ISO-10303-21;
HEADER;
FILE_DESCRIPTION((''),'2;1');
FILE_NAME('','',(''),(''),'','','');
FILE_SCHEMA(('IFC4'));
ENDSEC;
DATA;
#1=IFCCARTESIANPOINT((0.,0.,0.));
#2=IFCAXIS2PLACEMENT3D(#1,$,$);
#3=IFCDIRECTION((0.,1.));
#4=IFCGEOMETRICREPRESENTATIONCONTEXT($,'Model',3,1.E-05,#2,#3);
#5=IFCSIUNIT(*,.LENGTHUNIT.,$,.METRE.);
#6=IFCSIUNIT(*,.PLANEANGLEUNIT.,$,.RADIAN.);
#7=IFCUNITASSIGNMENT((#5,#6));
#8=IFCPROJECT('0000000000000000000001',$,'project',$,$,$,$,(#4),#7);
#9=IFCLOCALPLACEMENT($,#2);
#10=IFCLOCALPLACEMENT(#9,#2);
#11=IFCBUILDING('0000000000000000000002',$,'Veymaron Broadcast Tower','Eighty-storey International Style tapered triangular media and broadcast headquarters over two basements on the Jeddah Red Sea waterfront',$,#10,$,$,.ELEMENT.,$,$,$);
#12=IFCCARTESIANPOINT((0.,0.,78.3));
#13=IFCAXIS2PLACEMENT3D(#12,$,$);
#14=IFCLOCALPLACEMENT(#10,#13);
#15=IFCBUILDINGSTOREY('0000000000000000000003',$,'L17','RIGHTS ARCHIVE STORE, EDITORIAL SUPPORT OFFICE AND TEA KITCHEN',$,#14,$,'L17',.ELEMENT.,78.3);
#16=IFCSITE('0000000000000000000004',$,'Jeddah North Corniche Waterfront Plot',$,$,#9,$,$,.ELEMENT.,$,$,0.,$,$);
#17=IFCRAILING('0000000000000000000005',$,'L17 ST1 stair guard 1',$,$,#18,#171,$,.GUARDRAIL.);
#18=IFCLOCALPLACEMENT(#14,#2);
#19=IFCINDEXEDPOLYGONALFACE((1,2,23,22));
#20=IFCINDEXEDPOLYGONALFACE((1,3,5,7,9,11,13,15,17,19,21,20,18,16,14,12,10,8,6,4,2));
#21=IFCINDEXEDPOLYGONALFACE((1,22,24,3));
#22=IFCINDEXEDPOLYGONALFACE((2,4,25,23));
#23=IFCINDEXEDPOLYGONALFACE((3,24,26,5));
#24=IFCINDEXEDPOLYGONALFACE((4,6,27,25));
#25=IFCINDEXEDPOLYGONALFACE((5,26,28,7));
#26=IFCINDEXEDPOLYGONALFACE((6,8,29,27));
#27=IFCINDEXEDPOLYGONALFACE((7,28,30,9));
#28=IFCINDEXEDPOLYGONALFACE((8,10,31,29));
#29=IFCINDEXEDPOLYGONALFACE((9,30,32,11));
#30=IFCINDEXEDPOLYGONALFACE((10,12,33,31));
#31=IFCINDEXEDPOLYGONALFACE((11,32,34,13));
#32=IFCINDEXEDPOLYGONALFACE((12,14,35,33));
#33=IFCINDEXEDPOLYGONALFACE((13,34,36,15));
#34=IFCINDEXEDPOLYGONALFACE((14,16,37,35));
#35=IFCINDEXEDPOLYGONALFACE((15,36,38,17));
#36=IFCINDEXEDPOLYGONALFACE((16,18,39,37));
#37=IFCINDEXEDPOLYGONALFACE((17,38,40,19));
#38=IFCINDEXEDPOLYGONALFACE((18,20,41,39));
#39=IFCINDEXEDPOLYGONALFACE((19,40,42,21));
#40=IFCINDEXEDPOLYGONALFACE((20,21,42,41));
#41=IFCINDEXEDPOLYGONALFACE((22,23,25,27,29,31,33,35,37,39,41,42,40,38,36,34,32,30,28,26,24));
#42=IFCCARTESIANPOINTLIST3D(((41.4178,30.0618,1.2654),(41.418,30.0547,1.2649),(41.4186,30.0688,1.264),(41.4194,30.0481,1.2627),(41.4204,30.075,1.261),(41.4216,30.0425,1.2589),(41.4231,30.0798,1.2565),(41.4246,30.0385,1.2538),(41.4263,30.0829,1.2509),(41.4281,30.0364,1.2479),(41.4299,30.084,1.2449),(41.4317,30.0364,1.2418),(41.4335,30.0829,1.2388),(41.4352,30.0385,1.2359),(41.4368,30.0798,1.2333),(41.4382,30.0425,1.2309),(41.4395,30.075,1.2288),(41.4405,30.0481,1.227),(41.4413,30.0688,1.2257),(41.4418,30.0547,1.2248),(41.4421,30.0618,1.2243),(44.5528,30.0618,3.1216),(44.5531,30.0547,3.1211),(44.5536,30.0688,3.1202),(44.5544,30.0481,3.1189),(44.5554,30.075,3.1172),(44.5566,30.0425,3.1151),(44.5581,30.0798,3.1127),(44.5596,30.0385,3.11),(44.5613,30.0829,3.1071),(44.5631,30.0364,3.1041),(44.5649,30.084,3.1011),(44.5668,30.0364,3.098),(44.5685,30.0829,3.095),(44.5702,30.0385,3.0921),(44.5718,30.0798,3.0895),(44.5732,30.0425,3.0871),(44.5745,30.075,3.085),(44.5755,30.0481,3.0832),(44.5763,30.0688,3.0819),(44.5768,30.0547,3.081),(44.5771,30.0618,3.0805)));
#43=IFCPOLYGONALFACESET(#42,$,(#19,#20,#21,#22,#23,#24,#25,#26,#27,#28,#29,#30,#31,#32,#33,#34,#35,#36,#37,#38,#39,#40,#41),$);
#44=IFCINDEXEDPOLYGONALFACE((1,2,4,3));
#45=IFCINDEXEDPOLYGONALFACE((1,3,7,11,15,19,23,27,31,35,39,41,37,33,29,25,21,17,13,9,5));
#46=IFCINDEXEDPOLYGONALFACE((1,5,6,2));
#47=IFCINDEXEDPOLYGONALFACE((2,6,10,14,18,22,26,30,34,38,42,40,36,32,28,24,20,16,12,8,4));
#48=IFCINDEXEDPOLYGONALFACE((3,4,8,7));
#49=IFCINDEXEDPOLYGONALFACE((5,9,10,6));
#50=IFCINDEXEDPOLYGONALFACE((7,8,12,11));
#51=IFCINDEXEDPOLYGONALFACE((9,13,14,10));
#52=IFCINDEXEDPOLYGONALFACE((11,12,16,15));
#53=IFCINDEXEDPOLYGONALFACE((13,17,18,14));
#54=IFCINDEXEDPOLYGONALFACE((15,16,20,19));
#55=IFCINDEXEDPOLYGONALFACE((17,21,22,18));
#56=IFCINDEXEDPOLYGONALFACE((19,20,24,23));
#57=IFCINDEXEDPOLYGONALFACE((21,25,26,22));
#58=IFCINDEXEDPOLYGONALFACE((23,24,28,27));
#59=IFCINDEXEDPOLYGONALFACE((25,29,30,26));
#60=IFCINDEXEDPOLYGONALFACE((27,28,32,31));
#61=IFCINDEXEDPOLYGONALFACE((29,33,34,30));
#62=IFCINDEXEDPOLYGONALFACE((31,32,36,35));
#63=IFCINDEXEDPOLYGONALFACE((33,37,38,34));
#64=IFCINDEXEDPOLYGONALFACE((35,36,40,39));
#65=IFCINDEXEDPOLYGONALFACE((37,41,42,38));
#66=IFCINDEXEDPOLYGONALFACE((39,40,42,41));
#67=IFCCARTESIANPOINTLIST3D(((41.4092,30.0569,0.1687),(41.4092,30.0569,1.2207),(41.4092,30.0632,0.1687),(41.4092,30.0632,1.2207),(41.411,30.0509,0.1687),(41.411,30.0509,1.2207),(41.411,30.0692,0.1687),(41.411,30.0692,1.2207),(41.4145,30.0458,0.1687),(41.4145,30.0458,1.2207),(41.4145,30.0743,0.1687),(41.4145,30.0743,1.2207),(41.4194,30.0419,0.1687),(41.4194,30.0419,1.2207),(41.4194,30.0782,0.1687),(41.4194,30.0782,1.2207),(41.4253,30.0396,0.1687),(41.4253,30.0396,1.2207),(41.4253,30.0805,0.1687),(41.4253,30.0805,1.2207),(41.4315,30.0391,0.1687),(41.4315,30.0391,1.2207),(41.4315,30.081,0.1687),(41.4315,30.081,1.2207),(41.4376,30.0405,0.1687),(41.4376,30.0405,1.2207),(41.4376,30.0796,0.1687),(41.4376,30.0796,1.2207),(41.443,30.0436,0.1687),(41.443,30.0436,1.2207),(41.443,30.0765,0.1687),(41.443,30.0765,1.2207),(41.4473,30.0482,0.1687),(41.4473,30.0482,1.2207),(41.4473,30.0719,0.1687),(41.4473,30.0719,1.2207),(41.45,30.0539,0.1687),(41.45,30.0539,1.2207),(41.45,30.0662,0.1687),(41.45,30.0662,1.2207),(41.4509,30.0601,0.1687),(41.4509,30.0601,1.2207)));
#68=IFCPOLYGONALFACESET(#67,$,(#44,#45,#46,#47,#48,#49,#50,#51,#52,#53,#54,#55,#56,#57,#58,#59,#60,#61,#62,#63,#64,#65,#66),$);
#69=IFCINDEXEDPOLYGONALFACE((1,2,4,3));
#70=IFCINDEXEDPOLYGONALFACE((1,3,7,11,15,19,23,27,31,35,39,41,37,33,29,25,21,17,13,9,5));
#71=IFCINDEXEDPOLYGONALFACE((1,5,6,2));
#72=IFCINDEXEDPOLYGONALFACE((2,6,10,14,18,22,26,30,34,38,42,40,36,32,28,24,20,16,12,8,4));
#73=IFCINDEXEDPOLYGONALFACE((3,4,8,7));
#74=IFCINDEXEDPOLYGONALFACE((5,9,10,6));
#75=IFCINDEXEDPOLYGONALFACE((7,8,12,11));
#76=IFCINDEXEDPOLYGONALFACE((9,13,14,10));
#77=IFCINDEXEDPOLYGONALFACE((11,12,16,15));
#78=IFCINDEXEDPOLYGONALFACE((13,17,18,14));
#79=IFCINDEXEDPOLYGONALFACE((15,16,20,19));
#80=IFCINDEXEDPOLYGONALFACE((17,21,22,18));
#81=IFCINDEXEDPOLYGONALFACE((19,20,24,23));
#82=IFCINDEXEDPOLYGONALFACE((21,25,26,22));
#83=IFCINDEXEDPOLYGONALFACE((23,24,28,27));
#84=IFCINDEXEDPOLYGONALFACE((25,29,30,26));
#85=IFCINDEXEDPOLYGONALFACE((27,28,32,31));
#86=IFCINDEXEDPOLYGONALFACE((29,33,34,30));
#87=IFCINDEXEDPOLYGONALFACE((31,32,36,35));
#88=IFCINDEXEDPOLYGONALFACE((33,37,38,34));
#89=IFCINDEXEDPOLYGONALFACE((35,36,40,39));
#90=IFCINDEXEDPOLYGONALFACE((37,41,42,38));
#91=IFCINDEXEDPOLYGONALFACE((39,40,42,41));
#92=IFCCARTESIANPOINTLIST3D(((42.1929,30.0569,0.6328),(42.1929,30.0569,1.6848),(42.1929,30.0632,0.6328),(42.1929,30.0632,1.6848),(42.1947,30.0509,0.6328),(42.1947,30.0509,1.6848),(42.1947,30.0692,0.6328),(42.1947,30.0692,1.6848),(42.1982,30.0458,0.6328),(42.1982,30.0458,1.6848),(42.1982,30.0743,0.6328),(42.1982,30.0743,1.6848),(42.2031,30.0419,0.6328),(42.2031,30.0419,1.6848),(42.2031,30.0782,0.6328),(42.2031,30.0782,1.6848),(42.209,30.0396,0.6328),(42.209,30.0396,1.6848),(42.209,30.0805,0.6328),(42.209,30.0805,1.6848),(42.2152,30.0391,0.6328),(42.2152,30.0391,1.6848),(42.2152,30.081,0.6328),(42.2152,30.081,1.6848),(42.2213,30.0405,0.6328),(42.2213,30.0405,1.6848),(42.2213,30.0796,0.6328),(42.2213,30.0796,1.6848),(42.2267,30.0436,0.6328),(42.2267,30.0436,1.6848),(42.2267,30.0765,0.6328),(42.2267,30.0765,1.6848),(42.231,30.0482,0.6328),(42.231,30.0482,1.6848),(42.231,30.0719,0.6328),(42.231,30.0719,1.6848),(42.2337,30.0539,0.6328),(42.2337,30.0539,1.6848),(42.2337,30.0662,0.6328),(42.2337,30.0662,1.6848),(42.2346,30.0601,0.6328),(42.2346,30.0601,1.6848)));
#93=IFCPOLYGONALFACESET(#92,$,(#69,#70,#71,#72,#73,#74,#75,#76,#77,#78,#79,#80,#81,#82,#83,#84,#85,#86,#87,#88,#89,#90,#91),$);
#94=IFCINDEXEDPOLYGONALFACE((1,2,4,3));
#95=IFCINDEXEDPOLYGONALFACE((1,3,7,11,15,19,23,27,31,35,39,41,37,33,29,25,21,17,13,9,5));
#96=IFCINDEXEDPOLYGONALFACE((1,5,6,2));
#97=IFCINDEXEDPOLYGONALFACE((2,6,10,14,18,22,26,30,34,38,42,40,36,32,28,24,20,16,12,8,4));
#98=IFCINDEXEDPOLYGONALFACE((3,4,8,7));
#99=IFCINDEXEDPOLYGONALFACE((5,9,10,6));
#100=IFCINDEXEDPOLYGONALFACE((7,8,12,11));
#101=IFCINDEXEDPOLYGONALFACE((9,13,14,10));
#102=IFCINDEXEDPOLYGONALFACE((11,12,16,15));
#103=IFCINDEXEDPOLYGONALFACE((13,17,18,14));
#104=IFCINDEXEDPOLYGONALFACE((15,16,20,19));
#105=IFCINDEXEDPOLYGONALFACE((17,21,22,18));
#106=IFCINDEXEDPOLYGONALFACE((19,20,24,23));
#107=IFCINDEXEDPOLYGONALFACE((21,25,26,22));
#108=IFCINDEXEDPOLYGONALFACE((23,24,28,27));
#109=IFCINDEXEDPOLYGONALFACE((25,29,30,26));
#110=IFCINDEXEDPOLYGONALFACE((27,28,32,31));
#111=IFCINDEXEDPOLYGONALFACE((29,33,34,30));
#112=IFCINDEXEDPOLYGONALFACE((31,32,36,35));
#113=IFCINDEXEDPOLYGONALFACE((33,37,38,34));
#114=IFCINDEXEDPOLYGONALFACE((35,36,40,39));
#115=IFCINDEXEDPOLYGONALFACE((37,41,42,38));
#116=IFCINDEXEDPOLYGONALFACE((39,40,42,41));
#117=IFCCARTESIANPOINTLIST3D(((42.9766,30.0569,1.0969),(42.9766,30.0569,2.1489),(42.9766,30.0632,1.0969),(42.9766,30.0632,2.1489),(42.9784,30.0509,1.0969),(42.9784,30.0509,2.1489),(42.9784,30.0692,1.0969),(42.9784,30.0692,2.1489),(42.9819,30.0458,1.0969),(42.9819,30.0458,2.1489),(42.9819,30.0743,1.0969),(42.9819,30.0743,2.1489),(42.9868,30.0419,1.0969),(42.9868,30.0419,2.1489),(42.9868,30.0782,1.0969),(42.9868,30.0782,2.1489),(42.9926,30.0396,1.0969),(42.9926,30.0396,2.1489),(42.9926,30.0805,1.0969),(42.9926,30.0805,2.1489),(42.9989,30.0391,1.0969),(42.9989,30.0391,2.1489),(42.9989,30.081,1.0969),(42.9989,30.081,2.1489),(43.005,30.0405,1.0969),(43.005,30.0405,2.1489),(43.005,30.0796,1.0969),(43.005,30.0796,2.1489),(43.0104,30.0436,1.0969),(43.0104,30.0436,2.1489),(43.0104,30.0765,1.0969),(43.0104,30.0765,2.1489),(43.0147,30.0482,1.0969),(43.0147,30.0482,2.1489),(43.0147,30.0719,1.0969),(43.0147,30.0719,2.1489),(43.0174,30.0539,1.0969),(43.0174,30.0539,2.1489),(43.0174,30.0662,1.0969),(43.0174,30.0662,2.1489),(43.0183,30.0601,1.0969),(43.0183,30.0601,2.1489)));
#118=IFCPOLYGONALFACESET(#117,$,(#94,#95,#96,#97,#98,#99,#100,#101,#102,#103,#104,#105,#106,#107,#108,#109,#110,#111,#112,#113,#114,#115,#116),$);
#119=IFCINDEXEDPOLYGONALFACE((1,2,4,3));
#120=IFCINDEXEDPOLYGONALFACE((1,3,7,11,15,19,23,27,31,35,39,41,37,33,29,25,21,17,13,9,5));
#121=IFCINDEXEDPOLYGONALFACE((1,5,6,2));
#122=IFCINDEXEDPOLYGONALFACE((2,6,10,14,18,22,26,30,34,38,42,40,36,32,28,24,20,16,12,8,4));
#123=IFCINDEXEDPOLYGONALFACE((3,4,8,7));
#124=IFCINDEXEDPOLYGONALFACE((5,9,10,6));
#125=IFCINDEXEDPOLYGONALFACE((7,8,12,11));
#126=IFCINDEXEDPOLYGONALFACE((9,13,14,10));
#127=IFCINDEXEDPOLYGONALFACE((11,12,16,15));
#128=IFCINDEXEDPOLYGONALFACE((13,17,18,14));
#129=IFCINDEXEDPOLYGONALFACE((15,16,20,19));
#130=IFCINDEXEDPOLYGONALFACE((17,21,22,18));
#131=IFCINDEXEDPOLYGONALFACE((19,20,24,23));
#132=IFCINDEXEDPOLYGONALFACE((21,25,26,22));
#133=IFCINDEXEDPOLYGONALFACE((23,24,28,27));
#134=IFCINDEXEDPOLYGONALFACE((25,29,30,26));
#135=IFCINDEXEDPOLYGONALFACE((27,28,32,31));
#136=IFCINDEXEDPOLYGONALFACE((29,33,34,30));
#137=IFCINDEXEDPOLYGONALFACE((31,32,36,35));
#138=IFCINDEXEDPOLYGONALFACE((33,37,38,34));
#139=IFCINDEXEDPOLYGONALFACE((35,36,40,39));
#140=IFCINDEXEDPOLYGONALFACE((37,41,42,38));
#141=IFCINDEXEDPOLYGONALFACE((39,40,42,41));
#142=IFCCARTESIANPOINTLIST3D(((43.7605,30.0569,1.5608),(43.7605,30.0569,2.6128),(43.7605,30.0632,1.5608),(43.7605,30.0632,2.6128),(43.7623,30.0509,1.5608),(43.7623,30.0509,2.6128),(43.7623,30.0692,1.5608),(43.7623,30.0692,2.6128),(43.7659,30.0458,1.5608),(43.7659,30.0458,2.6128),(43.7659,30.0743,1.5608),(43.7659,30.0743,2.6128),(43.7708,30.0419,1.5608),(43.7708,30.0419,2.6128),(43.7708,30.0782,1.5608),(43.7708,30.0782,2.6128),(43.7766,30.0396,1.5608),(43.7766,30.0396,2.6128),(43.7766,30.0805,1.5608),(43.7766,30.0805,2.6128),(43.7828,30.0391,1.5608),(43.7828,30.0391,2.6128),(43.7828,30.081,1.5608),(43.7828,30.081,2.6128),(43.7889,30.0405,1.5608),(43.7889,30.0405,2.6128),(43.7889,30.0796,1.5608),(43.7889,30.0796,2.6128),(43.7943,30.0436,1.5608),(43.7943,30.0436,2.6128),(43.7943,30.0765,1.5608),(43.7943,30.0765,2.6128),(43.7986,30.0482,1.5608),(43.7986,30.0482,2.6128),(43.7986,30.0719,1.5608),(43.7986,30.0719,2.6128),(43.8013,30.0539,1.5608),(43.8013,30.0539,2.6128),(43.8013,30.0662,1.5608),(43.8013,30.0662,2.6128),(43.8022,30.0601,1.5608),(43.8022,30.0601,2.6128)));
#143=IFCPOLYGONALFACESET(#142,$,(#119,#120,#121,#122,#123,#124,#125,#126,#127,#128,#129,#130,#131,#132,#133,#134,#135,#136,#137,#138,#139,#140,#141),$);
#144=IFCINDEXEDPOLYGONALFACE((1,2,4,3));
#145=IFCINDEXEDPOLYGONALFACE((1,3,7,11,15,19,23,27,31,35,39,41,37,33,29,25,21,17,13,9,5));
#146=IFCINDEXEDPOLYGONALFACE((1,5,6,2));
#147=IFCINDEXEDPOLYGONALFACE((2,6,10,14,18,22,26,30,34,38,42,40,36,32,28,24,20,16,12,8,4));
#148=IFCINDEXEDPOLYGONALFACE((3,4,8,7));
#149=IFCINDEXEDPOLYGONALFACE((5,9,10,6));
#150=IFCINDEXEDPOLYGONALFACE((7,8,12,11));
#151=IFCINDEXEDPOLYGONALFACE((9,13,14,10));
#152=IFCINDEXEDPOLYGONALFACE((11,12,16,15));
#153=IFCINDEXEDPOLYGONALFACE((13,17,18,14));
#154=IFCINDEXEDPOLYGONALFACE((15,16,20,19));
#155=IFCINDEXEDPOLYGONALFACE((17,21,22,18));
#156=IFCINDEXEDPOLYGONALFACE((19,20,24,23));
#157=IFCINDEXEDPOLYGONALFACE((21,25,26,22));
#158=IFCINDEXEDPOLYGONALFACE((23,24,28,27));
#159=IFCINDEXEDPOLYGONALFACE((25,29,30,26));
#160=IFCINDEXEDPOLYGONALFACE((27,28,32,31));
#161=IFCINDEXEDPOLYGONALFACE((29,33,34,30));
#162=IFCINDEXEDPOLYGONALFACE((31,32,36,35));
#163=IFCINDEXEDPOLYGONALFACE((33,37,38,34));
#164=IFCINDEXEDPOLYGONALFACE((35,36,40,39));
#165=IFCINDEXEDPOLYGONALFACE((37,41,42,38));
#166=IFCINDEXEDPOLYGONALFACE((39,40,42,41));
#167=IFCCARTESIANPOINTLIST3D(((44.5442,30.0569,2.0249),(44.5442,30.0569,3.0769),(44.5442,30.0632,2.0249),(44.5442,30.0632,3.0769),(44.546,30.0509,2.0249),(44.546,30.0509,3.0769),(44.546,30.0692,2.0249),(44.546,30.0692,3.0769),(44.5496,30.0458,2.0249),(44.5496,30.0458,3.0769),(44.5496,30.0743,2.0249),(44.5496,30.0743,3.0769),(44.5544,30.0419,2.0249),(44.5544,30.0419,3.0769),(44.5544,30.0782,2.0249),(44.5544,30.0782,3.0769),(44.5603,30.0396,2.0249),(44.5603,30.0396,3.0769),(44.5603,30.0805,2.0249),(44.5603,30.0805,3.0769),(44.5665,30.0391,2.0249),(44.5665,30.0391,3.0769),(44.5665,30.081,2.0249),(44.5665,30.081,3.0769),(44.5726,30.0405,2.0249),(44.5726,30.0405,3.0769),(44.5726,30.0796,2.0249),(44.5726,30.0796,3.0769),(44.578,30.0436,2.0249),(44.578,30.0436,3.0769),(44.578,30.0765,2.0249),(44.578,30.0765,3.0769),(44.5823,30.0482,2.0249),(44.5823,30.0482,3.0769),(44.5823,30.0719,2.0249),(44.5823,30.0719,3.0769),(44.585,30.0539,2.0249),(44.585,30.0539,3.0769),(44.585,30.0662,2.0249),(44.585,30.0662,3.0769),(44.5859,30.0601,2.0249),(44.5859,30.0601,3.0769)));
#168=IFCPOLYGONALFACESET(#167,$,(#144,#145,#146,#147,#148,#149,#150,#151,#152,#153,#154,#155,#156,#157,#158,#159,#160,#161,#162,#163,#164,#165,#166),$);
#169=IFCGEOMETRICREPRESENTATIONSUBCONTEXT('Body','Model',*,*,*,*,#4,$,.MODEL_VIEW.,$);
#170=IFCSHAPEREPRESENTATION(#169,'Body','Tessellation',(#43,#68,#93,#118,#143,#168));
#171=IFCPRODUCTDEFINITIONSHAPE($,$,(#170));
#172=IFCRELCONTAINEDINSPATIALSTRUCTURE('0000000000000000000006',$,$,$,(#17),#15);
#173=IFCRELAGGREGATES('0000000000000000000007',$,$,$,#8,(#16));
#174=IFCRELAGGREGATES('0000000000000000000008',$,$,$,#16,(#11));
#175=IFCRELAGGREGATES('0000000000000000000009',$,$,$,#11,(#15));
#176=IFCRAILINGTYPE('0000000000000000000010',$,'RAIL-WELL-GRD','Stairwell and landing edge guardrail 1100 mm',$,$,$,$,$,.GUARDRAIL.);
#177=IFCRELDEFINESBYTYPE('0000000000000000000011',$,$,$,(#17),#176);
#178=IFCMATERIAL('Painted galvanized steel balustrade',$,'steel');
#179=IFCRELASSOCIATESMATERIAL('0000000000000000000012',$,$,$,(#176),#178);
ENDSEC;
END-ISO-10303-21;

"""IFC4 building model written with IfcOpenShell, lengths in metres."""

from ifc_helpers import new_model, si_unit, direction, frame, origin, origin_2d, place, context, subcontext, project, spatial, circle, extrude, material, type_object, element, save


model = new_model("IFC4")

# Units and contexts
model_context = context("Model", 3, precision=1e-05, world=origin(), true_north=direction((0.0, 1.0)))
body_context = subcontext(model_context, "Body", "Model", "MODEL_VIEW")
ifc_project = project(units=[si_unit("LENGTHUNIT", "METRE"), si_unit("PLANEANGLEUNIT", "RADIAN")], contexts=[model_context])

# Site, building, storey
site_placement = place(None, origin())
site = spatial("IfcSite", under=ifc_project, at=site_placement, Name="Jeddah North Corniche Waterfront Plot", CompositionType="ELEMENT", RefElevation=0.0)
building_placement = place(site_placement, origin())
building = spatial("IfcBuilding", under=site, at=building_placement, Name="Veymaron Broadcast Tower", Description="Eighty-storey International Style tapered triangular media and broadcast headquarters over two basements on the Jeddah Red Sea waterfront", CompositionType="ELEMENT")
storey_placement = place(building_placement, frame((0.0, 0.0, 78.3)))
storey = spatial("IfcBuildingStorey", under=building, at=storey_placement, Name="L17", Description="RIGHTS ARCHIVE STORE, EDITORIAL SUPPORT OFFICE AND TEA KITCHEN", LongName="L17", CompositionType="ELEMENT", Elevation=78.3)

# Railing
ifc_material_1 = material(Name="Painted galvanized steel balustrade", Category="steel")
railing_type_1 = type_object("IfcRailingType", Name="RAIL-WELL-GRD", Description="Stairwell and landing edge guardrail 1100 mm", PredefinedType="GUARDRAIL", material=ifc_material_1)
railing_1_placement = place(storey_placement, frame((41.4299, 30.0601, 0.1687)))
element("IfcRailing", 1, at=railing_1_placement, inside=storey, type_object=railing_type_1, Name="L17 ST1 stair guard 1", PredefinedType="GUARDRAIL", context=body_context, shape_type="SweptSolid", body=[
    extrude(circle(Radius=0.0239, at=origin_2d()), frame((0.0, 0.0, 1.0762), z_axis=(0.860482, 0.0, 0.509481), x_axis=(0.0, 1.0, 0.0)), (0.0, 0.0, 1.0), 3.6433),
    extrude(circle(Radius=0.021, at=origin_2d()), origin(), (0.0, 0.0, 1.0), 1.052),
    extrude(circle(Radius=0.021, at=origin_2d()), frame((0.7837, 0.0, 0.4641)), (0.0, 0.0, 1.0), 1.052),
    extrude(circle(Radius=0.021, at=origin_2d()), frame((1.5674, 0.0, 0.9282)), (0.0, 0.0, 1.0), 1.052),
    extrude(circle(Radius=0.021, at=origin_2d()), frame((2.3513, 0.0, 1.3921)), (0.0, 0.0, 1.0), 1.052),
    extrude(circle(Radius=0.021, at=origin_2d()), frame((3.135, 0.0, 1.8562)), (0.0, 0.0, 1.0), 1.052),
])

save(model, "model.ifc")
